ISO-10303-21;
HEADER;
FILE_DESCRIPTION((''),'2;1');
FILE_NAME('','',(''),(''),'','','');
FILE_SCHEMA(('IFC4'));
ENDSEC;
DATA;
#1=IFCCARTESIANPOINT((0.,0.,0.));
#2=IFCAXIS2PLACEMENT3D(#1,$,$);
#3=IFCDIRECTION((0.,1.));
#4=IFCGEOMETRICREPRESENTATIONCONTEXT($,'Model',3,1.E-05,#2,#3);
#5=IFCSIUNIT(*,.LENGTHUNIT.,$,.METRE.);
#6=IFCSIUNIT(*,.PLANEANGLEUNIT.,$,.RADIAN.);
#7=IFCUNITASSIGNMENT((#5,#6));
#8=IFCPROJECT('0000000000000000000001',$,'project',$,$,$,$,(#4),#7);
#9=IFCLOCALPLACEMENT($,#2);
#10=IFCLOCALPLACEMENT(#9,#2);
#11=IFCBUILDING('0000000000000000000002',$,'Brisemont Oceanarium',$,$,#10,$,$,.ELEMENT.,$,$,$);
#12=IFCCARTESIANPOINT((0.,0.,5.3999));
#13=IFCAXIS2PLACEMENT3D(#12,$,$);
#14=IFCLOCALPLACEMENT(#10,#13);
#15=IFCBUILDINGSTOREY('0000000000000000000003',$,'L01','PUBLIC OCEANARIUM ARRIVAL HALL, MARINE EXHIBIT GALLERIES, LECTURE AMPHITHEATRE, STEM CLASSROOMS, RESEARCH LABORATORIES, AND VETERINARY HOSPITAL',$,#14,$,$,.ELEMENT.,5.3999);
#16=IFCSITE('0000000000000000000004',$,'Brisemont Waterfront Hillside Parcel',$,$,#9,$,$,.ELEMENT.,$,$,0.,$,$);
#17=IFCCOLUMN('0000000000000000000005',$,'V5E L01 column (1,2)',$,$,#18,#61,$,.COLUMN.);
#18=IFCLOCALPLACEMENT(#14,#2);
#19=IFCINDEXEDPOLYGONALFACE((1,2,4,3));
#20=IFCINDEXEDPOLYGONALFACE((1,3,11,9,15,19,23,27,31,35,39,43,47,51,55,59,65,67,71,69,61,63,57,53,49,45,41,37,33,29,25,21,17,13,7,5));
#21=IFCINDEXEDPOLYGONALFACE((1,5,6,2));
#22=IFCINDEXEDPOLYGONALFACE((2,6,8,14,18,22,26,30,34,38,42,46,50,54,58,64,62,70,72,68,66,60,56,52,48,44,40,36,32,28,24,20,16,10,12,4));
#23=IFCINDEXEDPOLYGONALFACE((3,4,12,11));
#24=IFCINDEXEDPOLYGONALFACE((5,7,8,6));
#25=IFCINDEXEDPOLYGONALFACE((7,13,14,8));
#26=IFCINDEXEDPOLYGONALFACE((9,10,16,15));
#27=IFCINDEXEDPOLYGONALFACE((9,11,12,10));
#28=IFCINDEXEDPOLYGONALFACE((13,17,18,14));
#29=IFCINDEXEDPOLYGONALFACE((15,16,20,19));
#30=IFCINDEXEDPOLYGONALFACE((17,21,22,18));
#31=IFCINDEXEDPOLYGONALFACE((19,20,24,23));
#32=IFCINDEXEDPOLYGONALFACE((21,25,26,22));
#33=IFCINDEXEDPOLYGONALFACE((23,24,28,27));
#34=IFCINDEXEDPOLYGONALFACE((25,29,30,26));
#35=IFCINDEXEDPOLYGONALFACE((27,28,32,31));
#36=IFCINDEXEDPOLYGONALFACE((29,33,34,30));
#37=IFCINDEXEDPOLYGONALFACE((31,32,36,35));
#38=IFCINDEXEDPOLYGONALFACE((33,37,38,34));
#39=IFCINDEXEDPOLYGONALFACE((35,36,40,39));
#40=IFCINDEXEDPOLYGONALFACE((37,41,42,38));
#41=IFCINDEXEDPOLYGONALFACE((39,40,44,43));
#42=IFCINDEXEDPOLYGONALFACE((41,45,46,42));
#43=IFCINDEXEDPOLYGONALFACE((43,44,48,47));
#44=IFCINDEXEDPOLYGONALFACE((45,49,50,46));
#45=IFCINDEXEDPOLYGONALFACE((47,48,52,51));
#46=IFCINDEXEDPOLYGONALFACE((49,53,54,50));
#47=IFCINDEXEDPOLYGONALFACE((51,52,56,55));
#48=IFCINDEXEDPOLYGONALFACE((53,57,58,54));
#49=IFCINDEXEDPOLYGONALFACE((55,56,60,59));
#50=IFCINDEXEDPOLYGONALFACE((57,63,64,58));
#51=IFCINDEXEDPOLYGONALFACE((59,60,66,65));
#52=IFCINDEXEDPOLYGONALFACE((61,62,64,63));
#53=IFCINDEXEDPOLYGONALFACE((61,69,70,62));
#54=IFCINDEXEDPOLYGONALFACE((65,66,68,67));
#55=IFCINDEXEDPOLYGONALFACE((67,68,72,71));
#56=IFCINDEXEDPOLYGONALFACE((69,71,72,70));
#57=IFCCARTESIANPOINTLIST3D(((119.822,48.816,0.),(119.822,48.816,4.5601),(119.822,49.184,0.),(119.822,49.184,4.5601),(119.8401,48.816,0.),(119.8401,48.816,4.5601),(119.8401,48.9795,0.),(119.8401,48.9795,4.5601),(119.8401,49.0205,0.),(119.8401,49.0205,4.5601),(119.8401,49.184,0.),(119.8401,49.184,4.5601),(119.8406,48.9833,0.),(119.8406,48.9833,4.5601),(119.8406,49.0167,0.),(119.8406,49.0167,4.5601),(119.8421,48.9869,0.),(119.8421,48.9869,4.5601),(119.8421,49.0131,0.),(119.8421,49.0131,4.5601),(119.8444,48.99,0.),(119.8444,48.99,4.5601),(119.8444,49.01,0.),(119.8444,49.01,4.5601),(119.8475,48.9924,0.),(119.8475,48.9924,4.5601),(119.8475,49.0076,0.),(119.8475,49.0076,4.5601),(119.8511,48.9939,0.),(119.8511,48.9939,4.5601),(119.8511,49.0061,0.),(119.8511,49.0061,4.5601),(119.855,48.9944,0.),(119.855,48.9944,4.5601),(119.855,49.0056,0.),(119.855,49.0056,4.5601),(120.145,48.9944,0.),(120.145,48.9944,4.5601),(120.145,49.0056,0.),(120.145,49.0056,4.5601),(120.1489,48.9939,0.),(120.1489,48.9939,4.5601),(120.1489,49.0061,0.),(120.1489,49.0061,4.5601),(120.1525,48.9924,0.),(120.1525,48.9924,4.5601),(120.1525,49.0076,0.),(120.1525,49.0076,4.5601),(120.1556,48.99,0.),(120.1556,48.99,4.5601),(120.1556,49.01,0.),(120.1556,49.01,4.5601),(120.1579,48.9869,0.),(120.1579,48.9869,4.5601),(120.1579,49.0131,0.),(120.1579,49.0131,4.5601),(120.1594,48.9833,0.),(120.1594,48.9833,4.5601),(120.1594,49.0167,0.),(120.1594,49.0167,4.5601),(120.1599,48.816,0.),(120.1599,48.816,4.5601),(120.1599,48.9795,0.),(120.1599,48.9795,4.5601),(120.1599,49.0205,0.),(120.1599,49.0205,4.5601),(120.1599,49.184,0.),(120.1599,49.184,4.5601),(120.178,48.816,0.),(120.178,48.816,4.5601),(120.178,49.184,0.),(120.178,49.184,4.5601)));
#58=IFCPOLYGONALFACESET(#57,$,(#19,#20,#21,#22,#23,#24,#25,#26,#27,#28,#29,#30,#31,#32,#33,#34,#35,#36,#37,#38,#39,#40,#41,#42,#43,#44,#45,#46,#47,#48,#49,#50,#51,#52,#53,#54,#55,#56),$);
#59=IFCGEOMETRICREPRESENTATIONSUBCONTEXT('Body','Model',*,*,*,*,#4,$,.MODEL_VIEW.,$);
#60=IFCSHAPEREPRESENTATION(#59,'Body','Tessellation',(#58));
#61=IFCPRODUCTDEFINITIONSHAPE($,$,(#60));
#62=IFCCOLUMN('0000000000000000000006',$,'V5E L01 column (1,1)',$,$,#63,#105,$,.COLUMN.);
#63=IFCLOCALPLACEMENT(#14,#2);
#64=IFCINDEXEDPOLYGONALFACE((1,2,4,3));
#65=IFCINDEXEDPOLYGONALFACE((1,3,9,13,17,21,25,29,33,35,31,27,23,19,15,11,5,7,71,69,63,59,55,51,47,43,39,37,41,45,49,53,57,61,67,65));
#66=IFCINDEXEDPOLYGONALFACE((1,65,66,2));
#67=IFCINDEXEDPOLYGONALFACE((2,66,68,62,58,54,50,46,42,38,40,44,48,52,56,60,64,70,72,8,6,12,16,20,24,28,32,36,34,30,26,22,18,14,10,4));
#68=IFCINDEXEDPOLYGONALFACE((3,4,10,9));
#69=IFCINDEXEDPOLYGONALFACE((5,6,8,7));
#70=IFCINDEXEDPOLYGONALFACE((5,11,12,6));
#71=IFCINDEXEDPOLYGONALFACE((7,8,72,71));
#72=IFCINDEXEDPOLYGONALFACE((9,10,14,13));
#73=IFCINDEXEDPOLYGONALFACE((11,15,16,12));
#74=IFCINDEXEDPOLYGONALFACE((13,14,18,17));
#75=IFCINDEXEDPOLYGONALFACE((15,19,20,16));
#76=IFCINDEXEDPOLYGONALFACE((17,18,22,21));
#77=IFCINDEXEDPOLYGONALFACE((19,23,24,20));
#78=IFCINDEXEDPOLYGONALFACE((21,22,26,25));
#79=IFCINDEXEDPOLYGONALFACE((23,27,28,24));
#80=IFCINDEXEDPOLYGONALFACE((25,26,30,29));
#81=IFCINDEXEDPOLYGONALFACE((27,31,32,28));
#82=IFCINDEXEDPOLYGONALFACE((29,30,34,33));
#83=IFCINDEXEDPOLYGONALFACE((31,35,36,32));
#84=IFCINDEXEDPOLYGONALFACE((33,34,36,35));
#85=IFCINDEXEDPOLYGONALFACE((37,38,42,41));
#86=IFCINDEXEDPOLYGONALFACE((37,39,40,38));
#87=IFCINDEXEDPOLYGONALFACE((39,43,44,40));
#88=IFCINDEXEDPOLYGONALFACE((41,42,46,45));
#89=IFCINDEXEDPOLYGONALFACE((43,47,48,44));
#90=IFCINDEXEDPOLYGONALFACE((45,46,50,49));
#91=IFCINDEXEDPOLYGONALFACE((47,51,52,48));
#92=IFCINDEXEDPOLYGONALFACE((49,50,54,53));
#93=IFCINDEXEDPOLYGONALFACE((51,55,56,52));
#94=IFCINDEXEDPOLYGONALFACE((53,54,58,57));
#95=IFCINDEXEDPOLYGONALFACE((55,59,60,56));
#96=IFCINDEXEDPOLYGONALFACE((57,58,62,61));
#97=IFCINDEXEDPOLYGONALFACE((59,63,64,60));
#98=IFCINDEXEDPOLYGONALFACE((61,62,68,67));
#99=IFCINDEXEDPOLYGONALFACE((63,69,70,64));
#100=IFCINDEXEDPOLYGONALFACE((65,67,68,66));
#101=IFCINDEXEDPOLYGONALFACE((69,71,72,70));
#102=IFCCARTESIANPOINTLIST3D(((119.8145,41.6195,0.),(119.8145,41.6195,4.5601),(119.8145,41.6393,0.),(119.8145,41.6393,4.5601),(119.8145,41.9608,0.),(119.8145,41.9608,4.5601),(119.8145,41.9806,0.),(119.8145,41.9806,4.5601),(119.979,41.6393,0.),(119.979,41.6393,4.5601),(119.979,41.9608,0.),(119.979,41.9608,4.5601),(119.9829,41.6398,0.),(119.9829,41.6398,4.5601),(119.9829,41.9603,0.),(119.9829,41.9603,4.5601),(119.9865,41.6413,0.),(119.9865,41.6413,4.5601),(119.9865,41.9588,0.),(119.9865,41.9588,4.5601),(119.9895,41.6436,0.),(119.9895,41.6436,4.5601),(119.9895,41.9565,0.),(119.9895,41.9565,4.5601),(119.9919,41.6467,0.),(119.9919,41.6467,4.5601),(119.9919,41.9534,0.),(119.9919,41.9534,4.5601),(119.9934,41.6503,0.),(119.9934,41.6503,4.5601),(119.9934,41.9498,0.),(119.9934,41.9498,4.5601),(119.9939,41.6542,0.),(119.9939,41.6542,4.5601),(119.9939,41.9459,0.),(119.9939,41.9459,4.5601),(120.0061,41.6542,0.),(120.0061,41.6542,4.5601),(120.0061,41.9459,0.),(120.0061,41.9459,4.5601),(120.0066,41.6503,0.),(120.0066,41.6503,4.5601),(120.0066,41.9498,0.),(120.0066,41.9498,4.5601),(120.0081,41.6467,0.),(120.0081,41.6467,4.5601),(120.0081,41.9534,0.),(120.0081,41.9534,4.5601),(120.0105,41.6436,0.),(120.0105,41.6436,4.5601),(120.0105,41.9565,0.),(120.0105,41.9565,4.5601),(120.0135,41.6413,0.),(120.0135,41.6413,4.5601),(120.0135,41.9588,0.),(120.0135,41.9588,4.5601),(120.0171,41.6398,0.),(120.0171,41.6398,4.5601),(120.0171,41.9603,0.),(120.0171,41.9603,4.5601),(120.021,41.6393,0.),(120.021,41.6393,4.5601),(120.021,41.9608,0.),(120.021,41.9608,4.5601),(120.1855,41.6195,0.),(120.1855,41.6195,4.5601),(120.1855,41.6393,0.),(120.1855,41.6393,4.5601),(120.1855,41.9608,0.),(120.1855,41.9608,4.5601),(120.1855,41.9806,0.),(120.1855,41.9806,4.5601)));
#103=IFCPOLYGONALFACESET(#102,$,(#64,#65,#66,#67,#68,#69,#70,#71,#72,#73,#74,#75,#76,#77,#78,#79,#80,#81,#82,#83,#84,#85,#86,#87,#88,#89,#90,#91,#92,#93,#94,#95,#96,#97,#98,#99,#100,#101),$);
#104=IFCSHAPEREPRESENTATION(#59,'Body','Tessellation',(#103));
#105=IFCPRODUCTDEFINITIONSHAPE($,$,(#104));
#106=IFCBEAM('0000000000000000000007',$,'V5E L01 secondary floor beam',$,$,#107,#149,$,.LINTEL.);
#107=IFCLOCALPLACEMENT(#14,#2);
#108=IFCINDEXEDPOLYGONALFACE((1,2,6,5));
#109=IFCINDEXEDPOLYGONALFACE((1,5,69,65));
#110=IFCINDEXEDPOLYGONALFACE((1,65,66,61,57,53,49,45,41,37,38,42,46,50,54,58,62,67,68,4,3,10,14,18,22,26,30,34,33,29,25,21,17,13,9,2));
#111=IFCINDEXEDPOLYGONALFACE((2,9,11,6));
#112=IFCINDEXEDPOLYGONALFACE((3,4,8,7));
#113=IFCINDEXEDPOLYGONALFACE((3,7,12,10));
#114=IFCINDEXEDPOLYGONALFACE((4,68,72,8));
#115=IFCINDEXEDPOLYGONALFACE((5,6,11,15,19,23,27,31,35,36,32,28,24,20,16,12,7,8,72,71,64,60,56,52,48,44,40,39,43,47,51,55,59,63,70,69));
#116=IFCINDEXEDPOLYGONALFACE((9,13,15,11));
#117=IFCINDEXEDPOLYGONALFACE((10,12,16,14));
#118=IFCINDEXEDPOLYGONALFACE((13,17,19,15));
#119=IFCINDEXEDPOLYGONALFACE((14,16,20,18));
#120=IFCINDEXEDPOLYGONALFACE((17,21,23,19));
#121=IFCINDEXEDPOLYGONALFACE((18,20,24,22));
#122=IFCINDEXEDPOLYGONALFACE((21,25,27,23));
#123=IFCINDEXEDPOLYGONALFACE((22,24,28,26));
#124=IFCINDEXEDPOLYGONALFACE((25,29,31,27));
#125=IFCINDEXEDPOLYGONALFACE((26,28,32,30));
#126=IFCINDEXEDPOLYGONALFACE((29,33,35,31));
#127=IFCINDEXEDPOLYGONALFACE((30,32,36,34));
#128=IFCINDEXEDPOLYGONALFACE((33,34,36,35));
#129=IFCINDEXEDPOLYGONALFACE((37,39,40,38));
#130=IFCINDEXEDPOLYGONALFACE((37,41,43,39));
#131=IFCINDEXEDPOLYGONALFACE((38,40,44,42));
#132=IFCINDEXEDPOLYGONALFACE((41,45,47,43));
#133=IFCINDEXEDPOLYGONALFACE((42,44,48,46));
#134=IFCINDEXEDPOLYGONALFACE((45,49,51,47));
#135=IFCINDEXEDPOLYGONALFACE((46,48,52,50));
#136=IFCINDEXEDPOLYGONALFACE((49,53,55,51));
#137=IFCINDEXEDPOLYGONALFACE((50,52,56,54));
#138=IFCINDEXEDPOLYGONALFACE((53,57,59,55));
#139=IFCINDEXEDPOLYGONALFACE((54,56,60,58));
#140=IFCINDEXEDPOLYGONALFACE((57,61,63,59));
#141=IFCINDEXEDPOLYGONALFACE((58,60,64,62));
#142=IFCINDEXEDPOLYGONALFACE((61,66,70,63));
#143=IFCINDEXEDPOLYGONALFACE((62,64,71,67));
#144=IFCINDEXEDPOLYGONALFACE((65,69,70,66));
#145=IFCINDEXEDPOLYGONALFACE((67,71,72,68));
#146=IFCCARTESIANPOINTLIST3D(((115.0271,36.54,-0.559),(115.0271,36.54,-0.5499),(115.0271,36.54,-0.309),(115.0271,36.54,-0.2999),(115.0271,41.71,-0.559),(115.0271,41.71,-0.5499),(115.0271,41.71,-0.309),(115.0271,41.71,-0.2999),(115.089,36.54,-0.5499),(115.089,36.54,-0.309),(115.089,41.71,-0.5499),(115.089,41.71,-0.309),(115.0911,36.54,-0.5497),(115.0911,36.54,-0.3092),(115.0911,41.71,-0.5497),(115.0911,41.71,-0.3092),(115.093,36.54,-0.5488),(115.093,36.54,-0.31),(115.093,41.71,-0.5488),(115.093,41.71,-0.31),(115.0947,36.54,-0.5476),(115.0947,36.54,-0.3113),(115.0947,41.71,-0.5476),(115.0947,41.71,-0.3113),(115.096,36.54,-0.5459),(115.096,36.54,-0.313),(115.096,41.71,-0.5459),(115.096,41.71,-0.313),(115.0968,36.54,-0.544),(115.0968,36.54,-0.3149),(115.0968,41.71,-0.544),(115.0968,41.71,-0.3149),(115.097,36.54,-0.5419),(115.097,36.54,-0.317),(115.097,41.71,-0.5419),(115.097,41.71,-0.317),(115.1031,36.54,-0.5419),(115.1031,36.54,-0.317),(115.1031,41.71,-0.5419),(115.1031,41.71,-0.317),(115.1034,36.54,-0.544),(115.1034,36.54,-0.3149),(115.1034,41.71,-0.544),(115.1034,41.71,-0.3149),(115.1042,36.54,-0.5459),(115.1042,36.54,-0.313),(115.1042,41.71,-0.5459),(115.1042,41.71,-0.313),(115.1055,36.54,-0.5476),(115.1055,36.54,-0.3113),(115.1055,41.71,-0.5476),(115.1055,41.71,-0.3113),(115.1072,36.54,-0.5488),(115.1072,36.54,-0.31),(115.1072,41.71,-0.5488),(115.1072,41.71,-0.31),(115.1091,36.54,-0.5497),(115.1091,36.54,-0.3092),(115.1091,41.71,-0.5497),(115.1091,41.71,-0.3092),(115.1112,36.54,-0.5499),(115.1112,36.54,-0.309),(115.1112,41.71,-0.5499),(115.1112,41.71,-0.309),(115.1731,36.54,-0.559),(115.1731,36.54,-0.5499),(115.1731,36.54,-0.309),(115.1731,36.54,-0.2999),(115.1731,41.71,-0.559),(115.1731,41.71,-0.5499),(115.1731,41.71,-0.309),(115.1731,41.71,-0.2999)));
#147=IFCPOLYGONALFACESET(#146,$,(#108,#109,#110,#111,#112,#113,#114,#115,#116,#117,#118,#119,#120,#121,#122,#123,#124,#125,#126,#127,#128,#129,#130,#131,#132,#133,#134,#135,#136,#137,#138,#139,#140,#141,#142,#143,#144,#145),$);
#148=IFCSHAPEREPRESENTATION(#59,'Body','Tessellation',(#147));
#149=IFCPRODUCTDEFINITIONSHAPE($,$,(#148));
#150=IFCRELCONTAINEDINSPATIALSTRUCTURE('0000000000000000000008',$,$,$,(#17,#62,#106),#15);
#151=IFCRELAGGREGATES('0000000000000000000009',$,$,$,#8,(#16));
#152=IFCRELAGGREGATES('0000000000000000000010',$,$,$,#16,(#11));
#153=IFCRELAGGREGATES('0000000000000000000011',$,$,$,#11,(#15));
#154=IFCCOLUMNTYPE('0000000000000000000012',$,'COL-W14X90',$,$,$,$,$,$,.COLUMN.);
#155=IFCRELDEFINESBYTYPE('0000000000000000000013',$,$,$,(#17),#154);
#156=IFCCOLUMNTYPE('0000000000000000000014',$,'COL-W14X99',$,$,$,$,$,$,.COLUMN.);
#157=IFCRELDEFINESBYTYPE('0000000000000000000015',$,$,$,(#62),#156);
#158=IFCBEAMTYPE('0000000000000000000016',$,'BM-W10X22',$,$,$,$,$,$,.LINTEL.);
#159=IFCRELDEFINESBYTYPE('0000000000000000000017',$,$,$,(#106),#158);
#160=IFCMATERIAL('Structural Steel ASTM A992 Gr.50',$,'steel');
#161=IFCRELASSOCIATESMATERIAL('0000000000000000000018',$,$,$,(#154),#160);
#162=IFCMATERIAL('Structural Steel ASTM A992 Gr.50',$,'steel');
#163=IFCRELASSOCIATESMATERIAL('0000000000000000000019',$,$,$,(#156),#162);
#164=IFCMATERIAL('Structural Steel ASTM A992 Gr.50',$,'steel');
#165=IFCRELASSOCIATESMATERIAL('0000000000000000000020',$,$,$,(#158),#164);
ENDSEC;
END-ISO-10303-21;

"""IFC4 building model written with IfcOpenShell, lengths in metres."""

from ifc_helpers import new_model, si_unit, direction, frame, origin, origin_2d, place, context, subcontext, project, spatial, i_section, extrude, material, material_profile, profile_set, type_object, element, save


model = new_model("IFC4")

# Units and contexts
model_context = context("Model", 3, precision=1e-05, world=origin(), true_north=direction((0.0, 1.0)))
body_context = subcontext(model_context, "Body", "Model", "MODEL_VIEW")
ifc_project = project(units=[si_unit("LENGTHUNIT", "METRE"), si_unit("PLANEANGLEUNIT", "RADIAN")], contexts=[model_context])

# Site, building, storey
site_placement = place(None, origin())
site = spatial("IfcSite", under=ifc_project, at=site_placement, Name="Brisemont Waterfront Hillside Parcel", CompositionType="ELEMENT", RefElevation=0.0)
building_placement = place(site_placement, origin())
building = spatial("IfcBuilding", under=site, at=building_placement, Name="Brisemont Oceanarium", CompositionType="ELEMENT")
storey_placement = place(building_placement, frame((0.0, 0.0, 5.3999)))
storey = spatial("IfcBuildingStorey", under=building, at=storey_placement, Name="L01", Description="PUBLIC OCEANARIUM ARRIVAL HALL, MARINE EXHIBIT GALLERIES, LECTURE AMPHITHEATRE, STEM CLASSROOMS, RESEARCH LABORATORIES, AND VETERINARY HOSPITAL", CompositionType="ELEMENT", Elevation=5.3999)

# Columns
ifc_material_1 = material(Name="Structural Steel ASTM A992 Gr.50", Category="steel")
ifc_material_profile_1 = material_profile(ifc_material_1, i_section(OverallWidth=0.3679, OverallDepth=0.356, WebThickness=0.0112, FlangeThickness=0.0181, FilletRadius=0.0149, at=origin_2d()), Name="W14X90")
ifc_profile_set_1 = profile_set([ifc_material_profile_1], Name="Structural Steel ASTM A992 Gr.50")
column_type_1 = type_object("IfcColumnType", Name="COL-W14X90", PredefinedType="COLUMN", material=ifc_profile_set_1)
column_1_placement = place(storey_placement, frame((120.0, 49.0, 0.0), z_axis=(0.0, 0.0, 1.0), x_axis=(0.0, 1.0, 0.0)))
element("IfcColumn", 1, at=column_1_placement, inside=storey, type_object=column_type_1, Name="V5E L01 column (1,2)", PredefinedType="COLUMN", context=body_context, shape_type="SweptSolid", body=[
    extrude(i_section(OverallWidth=0.3679, OverallDepth=0.356, WebThickness=0.0112, FlangeThickness=0.0181, FilletRadius=0.0149, at=origin_2d()), origin(), (0.0, 0.0, 1.0), 4.5601),
])
ifc_material_2 = material(Name="Structural Steel ASTM A992 Gr.50", Category="steel")
ifc_material_profile_2 = material_profile(ifc_material_2, i_section(OverallWidth=0.3711, OverallDepth=0.3611, WebThickness=0.0122, FlangeThickness=0.0198, FilletRadius=0.0149, at=origin_2d()), Name="W14X99")
ifc_profile_set_2 = profile_set([ifc_material_profile_2], Name="Structural Steel ASTM A992 Gr.50")
column_type_2 = type_object("IfcColumnType", Name="COL-W14X99", PredefinedType="COLUMN", material=ifc_profile_set_2)
column_2_placement = place(storey_placement, frame((120.0, 41.8, 0.0), z_axis=(0.0, 0.0, 1.0), x_axis=(1.0, 0.0, 0.0)))
element("IfcColumn", 2, at=column_2_placement, inside=storey, type_object=column_type_2, Name="V5E L01 column (1,1)", PredefinedType="COLUMN", context=body_context, shape_type="SweptSolid", body=[
    extrude(i_section(OverallWidth=0.3711, OverallDepth=0.3611, WebThickness=0.0122, FlangeThickness=0.0198, FilletRadius=0.0149, at=origin_2d()), origin(), (0.0, 0.0, 1.0), 4.5601),
])

# Beam
ifc_material_3 = material(Name="Structural Steel ASTM A992 Gr.50", Category="steel")
ifc_material_profile_3 = material_profile(ifc_material_3, i_section(OverallWidth=0.146, OverallDepth=0.259, WebThickness=0.0061, FlangeThickness=0.009, FilletRadius=0.0081, at=origin_2d()), Name="W10X22")
ifc_profile_set_3 = profile_set([ifc_material_profile_3], Name="Structural Steel ASTM A992 Gr.50")
beam_type_1 = type_object("IfcBeamType", Name="BM-W10X22", PredefinedType="LINTEL", material=ifc_profile_set_3)
beam_1_placement = place(storey_placement, frame((115.1001, 36.54, -0.4294), z_axis=(0.0, 1.0, 0.0), x_axis=(-1.0, 0.0, 0.0)))
element("IfcBeam", 3, at=beam_1_placement, inside=storey, type_object=beam_type_1, Name="V5E L01 secondary floor beam", PredefinedType="LINTEL", context=body_context, shape_type="SweptSolid", body=[
    extrude(i_section(OverallWidth=0.146, OverallDepth=0.259, WebThickness=0.0061, FlangeThickness=0.009, FilletRadius=0.0081, at=origin_2d()), origin(), (0.0, 0.0, 1.0), 5.1699),
])

save(model, "model.ifc")
